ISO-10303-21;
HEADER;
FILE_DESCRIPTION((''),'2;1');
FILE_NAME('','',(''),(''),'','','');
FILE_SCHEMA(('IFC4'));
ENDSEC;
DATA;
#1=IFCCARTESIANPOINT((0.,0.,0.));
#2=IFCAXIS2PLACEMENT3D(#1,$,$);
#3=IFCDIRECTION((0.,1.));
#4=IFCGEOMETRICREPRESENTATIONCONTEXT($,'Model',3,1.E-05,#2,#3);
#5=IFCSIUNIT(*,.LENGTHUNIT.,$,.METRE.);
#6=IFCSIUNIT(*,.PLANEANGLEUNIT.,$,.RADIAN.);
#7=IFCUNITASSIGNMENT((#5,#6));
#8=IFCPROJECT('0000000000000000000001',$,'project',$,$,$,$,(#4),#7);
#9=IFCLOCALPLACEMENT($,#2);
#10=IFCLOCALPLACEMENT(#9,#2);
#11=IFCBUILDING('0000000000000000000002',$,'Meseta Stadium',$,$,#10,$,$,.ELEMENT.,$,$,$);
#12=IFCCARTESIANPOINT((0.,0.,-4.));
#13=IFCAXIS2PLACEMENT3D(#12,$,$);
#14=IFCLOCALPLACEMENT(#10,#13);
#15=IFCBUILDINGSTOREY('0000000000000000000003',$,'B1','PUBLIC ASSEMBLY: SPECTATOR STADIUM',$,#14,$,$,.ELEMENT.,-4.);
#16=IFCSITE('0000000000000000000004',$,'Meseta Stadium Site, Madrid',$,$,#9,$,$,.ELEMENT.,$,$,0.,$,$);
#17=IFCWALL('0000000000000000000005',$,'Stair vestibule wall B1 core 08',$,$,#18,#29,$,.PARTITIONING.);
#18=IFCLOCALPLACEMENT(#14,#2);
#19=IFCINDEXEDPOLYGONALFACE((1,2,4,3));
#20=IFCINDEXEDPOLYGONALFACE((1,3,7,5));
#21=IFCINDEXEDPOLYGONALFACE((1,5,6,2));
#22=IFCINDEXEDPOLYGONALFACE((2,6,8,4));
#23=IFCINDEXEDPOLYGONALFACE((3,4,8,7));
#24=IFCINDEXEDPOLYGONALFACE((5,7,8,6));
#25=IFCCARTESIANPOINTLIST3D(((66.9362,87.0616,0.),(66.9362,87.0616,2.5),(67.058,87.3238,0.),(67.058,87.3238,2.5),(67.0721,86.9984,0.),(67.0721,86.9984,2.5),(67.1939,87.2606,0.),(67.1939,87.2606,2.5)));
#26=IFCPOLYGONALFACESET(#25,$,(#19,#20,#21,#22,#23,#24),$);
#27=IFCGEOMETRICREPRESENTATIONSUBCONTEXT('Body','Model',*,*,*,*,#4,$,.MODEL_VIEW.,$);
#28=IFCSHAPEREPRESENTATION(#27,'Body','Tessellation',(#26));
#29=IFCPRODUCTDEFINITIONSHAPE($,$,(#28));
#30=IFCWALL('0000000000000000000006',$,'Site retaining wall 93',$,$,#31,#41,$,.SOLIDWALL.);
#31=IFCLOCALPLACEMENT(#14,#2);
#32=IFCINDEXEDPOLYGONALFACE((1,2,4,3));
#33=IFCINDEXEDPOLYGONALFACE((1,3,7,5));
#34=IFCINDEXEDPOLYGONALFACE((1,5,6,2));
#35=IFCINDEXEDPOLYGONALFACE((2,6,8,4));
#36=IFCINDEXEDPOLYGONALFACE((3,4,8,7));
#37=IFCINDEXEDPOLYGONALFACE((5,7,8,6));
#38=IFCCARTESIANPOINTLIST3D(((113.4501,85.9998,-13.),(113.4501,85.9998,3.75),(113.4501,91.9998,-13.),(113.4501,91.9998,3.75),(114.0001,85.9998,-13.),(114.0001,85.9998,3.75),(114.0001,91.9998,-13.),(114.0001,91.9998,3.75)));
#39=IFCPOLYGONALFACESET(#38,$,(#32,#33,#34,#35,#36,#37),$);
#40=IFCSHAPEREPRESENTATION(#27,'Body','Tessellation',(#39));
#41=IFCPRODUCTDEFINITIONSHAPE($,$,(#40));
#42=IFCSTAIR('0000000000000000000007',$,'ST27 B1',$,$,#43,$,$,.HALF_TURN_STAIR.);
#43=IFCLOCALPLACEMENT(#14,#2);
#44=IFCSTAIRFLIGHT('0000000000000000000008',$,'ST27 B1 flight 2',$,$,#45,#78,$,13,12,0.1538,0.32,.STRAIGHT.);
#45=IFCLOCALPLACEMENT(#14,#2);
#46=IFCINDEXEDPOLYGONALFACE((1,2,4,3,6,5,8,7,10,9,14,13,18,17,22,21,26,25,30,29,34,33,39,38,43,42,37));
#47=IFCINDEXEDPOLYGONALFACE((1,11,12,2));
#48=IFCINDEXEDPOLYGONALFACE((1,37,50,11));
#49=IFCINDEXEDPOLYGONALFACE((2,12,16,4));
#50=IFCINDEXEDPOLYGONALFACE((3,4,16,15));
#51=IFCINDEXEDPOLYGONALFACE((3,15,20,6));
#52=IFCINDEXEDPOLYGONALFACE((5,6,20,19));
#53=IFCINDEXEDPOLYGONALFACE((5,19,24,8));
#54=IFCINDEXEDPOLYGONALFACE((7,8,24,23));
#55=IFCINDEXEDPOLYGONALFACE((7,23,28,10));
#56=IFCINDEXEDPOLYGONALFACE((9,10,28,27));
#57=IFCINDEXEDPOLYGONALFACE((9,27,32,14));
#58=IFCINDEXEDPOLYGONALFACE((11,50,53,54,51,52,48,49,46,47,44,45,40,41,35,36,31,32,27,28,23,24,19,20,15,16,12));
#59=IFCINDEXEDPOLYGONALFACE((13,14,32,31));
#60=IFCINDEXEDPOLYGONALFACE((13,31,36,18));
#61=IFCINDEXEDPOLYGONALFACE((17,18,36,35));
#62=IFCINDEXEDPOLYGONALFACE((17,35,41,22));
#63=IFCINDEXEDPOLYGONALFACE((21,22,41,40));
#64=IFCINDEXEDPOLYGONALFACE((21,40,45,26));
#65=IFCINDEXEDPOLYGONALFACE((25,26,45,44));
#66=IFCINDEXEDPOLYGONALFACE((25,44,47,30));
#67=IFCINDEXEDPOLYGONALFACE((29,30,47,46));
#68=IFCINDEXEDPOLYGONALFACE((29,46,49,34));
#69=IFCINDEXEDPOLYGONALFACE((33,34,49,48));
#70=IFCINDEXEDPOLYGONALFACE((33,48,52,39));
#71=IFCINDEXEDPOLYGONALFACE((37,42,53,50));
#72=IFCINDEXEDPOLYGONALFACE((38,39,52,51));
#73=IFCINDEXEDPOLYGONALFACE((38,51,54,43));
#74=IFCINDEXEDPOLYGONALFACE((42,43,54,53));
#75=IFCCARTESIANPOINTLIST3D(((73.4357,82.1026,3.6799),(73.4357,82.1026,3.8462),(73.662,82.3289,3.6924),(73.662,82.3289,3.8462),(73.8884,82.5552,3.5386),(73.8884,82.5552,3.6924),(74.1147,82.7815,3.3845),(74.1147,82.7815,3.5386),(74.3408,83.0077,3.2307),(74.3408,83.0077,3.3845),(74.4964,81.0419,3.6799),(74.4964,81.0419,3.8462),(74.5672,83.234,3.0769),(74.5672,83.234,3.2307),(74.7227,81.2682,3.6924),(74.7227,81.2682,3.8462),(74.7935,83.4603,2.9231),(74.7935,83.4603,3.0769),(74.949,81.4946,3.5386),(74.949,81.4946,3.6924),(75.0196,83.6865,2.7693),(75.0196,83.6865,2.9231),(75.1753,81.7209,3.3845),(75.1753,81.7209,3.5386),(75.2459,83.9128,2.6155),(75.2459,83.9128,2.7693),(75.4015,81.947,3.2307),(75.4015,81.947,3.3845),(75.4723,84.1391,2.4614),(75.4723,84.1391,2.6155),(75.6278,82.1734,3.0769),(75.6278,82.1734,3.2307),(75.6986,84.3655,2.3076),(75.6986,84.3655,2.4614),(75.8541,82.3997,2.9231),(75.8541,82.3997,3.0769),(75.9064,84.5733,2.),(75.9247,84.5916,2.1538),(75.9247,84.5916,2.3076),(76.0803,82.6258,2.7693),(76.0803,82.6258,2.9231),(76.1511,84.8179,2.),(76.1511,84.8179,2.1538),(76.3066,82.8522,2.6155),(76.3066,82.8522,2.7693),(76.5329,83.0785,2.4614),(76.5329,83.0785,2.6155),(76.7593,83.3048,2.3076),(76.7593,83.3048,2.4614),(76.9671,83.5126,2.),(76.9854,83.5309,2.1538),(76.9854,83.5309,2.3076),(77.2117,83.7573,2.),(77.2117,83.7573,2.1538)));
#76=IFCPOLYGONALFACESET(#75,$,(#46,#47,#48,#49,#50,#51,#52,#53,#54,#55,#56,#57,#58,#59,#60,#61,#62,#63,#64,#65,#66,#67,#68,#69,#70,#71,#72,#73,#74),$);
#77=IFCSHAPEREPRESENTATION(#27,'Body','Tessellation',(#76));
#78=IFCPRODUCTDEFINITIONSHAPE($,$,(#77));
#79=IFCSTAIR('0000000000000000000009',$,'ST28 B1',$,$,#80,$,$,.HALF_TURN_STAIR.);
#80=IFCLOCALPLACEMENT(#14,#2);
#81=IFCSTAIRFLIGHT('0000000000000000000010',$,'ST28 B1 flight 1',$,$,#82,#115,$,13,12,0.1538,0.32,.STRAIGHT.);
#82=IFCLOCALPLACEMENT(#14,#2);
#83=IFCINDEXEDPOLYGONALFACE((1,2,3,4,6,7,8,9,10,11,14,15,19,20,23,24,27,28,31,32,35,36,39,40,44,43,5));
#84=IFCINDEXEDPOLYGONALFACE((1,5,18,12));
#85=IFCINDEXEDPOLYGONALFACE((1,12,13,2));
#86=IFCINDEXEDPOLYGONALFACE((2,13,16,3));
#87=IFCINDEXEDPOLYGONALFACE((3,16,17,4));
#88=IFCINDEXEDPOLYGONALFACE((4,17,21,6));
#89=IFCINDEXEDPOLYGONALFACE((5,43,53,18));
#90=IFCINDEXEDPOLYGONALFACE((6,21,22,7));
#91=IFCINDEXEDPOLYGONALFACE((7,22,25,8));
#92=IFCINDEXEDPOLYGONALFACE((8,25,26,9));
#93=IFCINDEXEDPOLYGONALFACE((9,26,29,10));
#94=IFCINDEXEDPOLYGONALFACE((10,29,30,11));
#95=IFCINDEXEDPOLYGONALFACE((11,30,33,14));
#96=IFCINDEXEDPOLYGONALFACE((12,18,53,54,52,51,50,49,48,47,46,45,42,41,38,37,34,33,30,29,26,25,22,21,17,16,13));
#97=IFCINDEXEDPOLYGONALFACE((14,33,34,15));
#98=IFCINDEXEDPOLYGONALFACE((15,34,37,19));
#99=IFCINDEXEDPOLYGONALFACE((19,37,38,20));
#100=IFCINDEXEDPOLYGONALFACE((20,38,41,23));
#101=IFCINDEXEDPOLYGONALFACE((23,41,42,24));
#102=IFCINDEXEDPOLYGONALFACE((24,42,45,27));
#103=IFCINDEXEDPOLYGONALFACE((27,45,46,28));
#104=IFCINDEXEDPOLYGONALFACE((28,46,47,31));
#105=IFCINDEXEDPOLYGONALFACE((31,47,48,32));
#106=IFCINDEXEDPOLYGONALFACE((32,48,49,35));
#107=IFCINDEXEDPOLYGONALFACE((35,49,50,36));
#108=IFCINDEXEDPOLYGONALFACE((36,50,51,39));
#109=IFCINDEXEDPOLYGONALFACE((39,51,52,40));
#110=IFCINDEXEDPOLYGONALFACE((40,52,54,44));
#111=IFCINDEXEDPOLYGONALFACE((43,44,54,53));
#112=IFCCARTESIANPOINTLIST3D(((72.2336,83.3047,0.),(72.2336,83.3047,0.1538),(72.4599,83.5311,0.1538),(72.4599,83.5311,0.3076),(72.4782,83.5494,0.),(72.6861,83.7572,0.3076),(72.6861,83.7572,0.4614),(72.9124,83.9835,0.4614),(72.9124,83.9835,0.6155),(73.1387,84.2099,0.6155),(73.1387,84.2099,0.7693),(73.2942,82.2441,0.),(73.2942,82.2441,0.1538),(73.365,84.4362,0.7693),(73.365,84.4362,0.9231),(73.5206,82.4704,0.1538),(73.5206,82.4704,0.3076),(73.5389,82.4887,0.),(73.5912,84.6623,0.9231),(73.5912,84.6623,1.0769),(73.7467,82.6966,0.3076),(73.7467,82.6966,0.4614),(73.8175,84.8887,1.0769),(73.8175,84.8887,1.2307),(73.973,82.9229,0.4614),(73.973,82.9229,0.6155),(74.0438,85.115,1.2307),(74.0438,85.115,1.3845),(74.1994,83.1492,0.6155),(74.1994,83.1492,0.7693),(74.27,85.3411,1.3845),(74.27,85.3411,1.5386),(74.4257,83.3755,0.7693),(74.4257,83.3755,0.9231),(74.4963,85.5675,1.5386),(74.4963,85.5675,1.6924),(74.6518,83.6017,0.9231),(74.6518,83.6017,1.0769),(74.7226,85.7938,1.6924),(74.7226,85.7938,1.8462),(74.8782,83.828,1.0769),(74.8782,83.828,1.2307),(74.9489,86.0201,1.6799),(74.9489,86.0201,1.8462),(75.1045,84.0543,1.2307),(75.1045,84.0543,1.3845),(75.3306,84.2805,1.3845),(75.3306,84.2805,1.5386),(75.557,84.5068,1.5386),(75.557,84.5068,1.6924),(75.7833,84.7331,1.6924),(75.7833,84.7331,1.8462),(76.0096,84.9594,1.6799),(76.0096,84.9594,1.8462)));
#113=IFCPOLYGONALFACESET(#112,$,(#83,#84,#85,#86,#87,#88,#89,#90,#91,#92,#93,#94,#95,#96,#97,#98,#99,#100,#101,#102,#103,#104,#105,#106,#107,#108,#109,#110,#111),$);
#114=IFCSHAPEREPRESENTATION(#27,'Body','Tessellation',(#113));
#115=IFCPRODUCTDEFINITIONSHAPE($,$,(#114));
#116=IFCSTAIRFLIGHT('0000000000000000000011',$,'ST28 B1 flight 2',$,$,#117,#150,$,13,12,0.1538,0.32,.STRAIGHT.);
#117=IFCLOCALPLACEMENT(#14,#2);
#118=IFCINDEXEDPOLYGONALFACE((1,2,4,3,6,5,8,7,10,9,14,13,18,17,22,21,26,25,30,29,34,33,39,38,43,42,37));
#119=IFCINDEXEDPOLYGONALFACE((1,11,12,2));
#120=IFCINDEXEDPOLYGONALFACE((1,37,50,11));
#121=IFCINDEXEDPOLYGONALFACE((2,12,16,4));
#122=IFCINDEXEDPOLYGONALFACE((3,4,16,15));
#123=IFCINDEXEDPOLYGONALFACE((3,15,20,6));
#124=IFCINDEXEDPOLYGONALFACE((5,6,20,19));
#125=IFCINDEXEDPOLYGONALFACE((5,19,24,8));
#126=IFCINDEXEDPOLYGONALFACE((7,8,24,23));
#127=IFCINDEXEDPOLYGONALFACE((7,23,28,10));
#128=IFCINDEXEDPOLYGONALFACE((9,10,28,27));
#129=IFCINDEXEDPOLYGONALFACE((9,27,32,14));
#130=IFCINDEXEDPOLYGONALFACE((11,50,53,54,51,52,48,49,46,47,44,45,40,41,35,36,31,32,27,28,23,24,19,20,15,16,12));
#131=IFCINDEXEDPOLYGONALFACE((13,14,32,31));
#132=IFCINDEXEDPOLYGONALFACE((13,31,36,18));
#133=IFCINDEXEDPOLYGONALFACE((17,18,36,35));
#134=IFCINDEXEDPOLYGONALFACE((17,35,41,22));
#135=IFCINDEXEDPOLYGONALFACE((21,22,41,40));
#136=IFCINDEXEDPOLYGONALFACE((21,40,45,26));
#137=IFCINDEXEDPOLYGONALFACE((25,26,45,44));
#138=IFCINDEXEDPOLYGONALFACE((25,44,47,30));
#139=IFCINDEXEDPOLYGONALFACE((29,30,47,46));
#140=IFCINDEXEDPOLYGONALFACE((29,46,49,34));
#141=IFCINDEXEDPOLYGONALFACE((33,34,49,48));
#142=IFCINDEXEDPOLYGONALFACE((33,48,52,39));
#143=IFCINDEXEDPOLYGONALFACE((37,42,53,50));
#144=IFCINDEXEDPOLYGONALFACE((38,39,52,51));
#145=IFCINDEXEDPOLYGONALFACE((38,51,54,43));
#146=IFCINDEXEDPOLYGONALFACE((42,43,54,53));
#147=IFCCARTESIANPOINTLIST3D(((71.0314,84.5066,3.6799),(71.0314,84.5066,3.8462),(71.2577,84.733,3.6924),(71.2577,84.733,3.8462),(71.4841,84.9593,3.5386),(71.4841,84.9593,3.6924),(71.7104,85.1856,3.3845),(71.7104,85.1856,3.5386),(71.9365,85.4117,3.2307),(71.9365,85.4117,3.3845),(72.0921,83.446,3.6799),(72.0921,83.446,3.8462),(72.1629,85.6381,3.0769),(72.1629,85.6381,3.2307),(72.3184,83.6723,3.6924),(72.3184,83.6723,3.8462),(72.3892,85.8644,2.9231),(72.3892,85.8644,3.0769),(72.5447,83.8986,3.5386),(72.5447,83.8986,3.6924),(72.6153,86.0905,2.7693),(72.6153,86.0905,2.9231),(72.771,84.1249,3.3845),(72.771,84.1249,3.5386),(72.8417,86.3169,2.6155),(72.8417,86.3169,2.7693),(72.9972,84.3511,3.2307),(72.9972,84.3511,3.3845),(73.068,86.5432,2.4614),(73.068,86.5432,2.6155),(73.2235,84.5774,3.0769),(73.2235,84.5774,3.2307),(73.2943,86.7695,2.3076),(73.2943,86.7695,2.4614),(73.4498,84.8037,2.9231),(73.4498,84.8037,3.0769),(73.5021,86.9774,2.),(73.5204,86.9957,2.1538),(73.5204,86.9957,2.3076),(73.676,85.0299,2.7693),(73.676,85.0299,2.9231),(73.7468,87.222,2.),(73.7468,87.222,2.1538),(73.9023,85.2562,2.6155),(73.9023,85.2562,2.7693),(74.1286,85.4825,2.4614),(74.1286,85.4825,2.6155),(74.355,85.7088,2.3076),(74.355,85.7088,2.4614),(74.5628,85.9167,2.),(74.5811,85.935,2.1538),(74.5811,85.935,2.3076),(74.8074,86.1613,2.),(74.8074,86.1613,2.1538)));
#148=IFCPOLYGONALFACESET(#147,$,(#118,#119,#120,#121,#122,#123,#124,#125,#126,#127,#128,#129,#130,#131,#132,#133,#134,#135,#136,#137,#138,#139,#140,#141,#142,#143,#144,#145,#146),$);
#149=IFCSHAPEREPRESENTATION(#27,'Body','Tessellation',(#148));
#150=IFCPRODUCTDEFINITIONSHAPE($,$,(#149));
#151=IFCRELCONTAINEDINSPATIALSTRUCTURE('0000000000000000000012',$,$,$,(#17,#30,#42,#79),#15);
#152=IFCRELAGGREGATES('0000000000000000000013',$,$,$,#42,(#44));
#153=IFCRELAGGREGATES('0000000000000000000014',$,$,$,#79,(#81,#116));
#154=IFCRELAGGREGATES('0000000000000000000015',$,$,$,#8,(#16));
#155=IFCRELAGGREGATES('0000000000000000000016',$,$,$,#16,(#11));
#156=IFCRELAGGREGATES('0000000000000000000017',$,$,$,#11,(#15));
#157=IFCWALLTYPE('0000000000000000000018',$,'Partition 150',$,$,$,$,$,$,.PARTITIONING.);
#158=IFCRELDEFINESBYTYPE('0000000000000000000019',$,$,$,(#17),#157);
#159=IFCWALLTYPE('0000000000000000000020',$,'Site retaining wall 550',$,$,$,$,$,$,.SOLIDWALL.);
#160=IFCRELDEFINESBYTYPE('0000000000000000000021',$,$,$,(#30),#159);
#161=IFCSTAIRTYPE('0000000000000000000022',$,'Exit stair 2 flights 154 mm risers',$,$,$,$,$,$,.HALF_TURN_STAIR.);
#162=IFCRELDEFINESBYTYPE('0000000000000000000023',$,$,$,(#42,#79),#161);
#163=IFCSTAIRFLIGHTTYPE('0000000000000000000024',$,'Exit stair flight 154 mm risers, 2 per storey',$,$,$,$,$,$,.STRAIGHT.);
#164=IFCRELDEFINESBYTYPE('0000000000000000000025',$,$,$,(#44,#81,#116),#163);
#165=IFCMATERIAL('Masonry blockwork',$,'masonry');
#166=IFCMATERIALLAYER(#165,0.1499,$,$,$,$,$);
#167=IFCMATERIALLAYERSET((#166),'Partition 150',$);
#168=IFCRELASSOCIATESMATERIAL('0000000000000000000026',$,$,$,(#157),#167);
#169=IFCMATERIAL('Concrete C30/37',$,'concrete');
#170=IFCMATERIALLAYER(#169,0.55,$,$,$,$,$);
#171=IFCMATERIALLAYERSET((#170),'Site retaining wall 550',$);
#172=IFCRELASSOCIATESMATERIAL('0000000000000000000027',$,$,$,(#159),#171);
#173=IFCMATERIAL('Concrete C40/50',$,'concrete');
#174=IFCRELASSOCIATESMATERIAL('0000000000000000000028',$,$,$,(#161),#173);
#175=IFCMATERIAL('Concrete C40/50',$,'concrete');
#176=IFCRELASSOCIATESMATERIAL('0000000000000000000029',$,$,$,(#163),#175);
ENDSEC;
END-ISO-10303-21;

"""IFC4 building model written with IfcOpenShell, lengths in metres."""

from ifc_helpers import new_model, si_unit, direction, frame, frame_2d, origin, place, context, subcontext, project, spatial, polyline, rectangle, outline, extrude, material, layer, layer_set, type_object, element, aggregate, save


model = new_model("IFC4")

# Units and contexts
model_context = context("Model", 3, precision=1e-05, world=origin(), true_north=direction((0.0, 1.0)))
body_context = subcontext(model_context, "Body", "Model", "MODEL_VIEW")
ifc_project = project(units=[si_unit("LENGTHUNIT", "METRE"), si_unit("PLANEANGLEUNIT", "RADIAN")], contexts=[model_context])

# Site, building, storey
site_placement = place(None, origin())
site = spatial("IfcSite", under=ifc_project, at=site_placement, Name="Meseta Stadium Site, Madrid", CompositionType="ELEMENT", RefElevation=0.0)
building_placement = place(site_placement, origin())
building = spatial("IfcBuilding", under=site, at=building_placement, Name="Meseta Stadium", CompositionType="ELEMENT")
storey_placement = place(building_placement, frame((0.0, 0.0, -4.0)))
storey = spatial("IfcBuildingStorey", under=building, at=storey_placement, Name="B1", Description="PUBLIC ASSEMBLY: SPECTATOR STADIUM", CompositionType="ELEMENT", Elevation=-4.0)

# Walls
ifc_material_1 = material(Name="Masonry blockwork", Category="masonry")
ifc_layer_1 = layer(ifc_material_1, 0.1499)
ifc_layer_set_1 = layer_set([ifc_layer_1], Name="Partition 150")
wall_type_1 = type_object("IfcWallType", Name="Partition 150", PredefinedType="PARTITIONING", material=ifc_layer_set_1)
wall_1_placement = place(storey_placement, frame((67.0042, 87.03, 0.0), z_axis=(0.0, 0.0, 1.0), x_axis=(0.421359, 0.906894, 0.0)))
element("IfcWall", 1, at=wall_1_placement, inside=storey, type_object=wall_type_1, Name="Stair vestibule wall B1 core 08", PredefinedType="PARTITIONING", context=body_context, shape_type="SweptSolid", body=[
    extrude(rectangle(XDim=0.2891, YDim=0.1499, at=frame_2d((0.1445, 0.0))), origin(), (0.0, 0.0, 1.0), 2.5),
])
ifc_material_2 = material(Name="Concrete C30/37", Category="concrete")
ifc_layer_2 = layer(ifc_material_2, 0.55)
ifc_layer_set_2 = layer_set([ifc_layer_2], Name="Site retaining wall 550")
wall_type_2 = type_object("IfcWallType", Name="Site retaining wall 550", PredefinedType="SOLIDWALL", material=ifc_layer_set_2)
wall_2_placement = place(storey_placement, frame((113.7251, 85.9998, -13.0), z_axis=(0.0, 0.0, 1.0), x_axis=(0.0, 1.0, 0.0)))
element("IfcWall", 2, at=wall_2_placement, inside=storey, type_object=wall_type_2, Name="Site retaining wall 93", PredefinedType="SOLIDWALL", context=body_context, shape_type="SweptSolid", body=[
    extrude(rectangle(XDim=6.0, YDim=0.55, at=frame_2d((3.0, 0.0))), origin(), (0.0, 0.0, 1.0), 16.75),
])

# Stair, stair flight
ifc_material_3 = material(Name="Concrete C40/50", Category="concrete")
stair_type = type_object("IfcStairType", Name="Exit stair 2 flights 154 mm risers", PredefinedType="HALF_TURN_STAIR", material=ifc_material_3)
stair_1_placement = place(storey_placement, origin())
stair_1 = element("IfcStair", 3, at=stair_1_placement, inside=storey, type_object=stair_type, Name="ST27 B1", PredefinedType="HALF_TURN_STAIR")
ifc_material_4 = material(Name="Concrete C40/50", Category="concrete")
stair_flight_type = type_object("IfcStairFlightType", Name="Exit stair flight 154 mm risers, 2 per storey", PredefinedType="STRAIGHT", material=ifc_material_4)
stair_flight_1_placement = place(storey_placement, frame((76.6814, 84.2876, 2.0), z_axis=(0.0, 0.0, 1.0), x_axis=(-0.707107, -0.707107, 0.0)))
stair_flight_1 = element("IfcStairFlight", 4, at=stair_flight_1_placement, type_object=stair_flight_type, Name="ST27 B1 flight 2", NumberOfRisers=13, NumberOfTreads=12, PredefinedType="STRAIGHT", RiserHeight=0.1538, TreadLength=0.32, context=body_context, shape_type="SweptSolid", body=[
    extrude(outline(polyline([(0.0, 0.0), (0.0, 0.1538), (0.3201, 0.1538), (0.3201, 0.3076), (0.6399, 0.3076), (0.6399, 0.4614), (0.96, 0.4614), (0.96, 0.6155), (1.28, 0.6155), (1.28, 0.7693), (1.6001, 0.7693), (1.6001, 0.9231), (1.9199, 0.9231), (1.9199, 1.0769), (2.24, 1.0769), (2.24, 1.2307), (2.5601, 1.2307), (2.5601, 1.3845), (2.8799, 1.3845), (2.8799, 1.5386), (3.2, 1.5386), (3.2, 1.6924), (3.52, 1.6924), (3.52, 1.8462), (3.8401, 1.8462), (3.8401, 1.6799), (0.3459, 0.0), (0.0, 0.0)])), frame((0.0, 0.75, 0.0), z_axis=(0.0, -1.0, 0.0), x_axis=(1.0, 0.0, 0.0)), (0.0, 0.0, 1.0), 1.5),
])
aggregate(stair_1, [stair_flight_1])

# Stair, stair flights
stair_2_placement = place(storey_placement, origin())
stair_2 = element("IfcStair", 5, at=stair_2_placement, inside=storey, type_object=stair_type, Name="ST28 B1", PredefinedType="HALF_TURN_STAIR")
stair_flight_2_placement = place(storey_placement, frame((72.7639, 82.7744, 0.0), z_axis=(0.0, 0.0, 1.0), x_axis=(0.707107, 0.707107, 0.0)))
stair_flight_2 = element("IfcStairFlight", 6, at=stair_flight_2_placement, type_object=stair_flight_type, Name="ST28 B1 flight 1", NumberOfRisers=13, NumberOfTreads=12, PredefinedType="STRAIGHT", RiserHeight=0.1538, TreadLength=0.32, context=body_context, shape_type="SweptSolid", body=[
    extrude(outline(polyline([(0.0, 0.0), (0.0, 0.1538), (0.3201, 0.1538), (0.3201, 0.3076), (0.6399, 0.3076), (0.6399, 0.4614), (0.96, 0.4614), (0.96, 0.6155), (1.28, 0.6155), (1.28, 0.7693), (1.6001, 0.7693), (1.6001, 0.9231), (1.9199, 0.9231), (1.9199, 1.0769), (2.24, 1.0769), (2.24, 1.2307), (2.5601, 1.2307), (2.5601, 1.3845), (2.8799, 1.3845), (2.8799, 1.5386), (3.2, 1.5386), (3.2, 1.6924), (3.52, 1.6924), (3.52, 1.8462), (3.8401, 1.8462), (3.8401, 1.6799), (0.3459, 0.0), (0.0, 0.0)])), frame((0.0, 0.75, 0.0), z_axis=(0.0, -1.0, 0.0), x_axis=(1.0, 0.0, 0.0)), (0.0, 0.0, 1.0), 1.5),
])
stair_flight_3_placement = place(storey_placement, frame((74.2771, 86.6917, 2.0), z_axis=(0.0, 0.0, 1.0), x_axis=(-0.707107, -0.707107, 0.0)))
stair_flight_3 = element("IfcStairFlight", 7, at=stair_flight_3_placement, type_object=stair_flight_type, Name="ST28 B1 flight 2", NumberOfRisers=13, NumberOfTreads=12, PredefinedType="STRAIGHT", RiserHeight=0.1538, TreadLength=0.32, context=body_context, shape_type="SweptSolid", body=[
    extrude(outline(polyline([(0.0, 0.0), (0.0, 0.1538), (0.3201, 0.1538), (0.3201, 0.3076), (0.6399, 0.3076), (0.6399, 0.4614), (0.96, 0.4614), (0.96, 0.6155), (1.28, 0.6155), (1.28, 0.7693), (1.6001, 0.7693), (1.6001, 0.9231), (1.9199, 0.9231), (1.9199, 1.0769), (2.24, 1.0769), (2.24, 1.2307), (2.5601, 1.2307), (2.5601, 1.3845), (2.8799, 1.3845), (2.8799, 1.5386), (3.2, 1.5386), (3.2, 1.6924), (3.52, 1.6924), (3.52, 1.8462), (3.8401, 1.8462), (3.8401, 1.6799), (0.3459, 0.0), (0.0, 0.0)])), frame((0.0, 0.75, 0.0), z_axis=(0.0, -1.0, 0.0), x_axis=(1.0, 0.0, 0.0)), (0.0, 0.0, 1.0), 1.5),
])
aggregate(stair_2, [stair_flight_2, stair_flight_3])

save(model, "model.ifc")
